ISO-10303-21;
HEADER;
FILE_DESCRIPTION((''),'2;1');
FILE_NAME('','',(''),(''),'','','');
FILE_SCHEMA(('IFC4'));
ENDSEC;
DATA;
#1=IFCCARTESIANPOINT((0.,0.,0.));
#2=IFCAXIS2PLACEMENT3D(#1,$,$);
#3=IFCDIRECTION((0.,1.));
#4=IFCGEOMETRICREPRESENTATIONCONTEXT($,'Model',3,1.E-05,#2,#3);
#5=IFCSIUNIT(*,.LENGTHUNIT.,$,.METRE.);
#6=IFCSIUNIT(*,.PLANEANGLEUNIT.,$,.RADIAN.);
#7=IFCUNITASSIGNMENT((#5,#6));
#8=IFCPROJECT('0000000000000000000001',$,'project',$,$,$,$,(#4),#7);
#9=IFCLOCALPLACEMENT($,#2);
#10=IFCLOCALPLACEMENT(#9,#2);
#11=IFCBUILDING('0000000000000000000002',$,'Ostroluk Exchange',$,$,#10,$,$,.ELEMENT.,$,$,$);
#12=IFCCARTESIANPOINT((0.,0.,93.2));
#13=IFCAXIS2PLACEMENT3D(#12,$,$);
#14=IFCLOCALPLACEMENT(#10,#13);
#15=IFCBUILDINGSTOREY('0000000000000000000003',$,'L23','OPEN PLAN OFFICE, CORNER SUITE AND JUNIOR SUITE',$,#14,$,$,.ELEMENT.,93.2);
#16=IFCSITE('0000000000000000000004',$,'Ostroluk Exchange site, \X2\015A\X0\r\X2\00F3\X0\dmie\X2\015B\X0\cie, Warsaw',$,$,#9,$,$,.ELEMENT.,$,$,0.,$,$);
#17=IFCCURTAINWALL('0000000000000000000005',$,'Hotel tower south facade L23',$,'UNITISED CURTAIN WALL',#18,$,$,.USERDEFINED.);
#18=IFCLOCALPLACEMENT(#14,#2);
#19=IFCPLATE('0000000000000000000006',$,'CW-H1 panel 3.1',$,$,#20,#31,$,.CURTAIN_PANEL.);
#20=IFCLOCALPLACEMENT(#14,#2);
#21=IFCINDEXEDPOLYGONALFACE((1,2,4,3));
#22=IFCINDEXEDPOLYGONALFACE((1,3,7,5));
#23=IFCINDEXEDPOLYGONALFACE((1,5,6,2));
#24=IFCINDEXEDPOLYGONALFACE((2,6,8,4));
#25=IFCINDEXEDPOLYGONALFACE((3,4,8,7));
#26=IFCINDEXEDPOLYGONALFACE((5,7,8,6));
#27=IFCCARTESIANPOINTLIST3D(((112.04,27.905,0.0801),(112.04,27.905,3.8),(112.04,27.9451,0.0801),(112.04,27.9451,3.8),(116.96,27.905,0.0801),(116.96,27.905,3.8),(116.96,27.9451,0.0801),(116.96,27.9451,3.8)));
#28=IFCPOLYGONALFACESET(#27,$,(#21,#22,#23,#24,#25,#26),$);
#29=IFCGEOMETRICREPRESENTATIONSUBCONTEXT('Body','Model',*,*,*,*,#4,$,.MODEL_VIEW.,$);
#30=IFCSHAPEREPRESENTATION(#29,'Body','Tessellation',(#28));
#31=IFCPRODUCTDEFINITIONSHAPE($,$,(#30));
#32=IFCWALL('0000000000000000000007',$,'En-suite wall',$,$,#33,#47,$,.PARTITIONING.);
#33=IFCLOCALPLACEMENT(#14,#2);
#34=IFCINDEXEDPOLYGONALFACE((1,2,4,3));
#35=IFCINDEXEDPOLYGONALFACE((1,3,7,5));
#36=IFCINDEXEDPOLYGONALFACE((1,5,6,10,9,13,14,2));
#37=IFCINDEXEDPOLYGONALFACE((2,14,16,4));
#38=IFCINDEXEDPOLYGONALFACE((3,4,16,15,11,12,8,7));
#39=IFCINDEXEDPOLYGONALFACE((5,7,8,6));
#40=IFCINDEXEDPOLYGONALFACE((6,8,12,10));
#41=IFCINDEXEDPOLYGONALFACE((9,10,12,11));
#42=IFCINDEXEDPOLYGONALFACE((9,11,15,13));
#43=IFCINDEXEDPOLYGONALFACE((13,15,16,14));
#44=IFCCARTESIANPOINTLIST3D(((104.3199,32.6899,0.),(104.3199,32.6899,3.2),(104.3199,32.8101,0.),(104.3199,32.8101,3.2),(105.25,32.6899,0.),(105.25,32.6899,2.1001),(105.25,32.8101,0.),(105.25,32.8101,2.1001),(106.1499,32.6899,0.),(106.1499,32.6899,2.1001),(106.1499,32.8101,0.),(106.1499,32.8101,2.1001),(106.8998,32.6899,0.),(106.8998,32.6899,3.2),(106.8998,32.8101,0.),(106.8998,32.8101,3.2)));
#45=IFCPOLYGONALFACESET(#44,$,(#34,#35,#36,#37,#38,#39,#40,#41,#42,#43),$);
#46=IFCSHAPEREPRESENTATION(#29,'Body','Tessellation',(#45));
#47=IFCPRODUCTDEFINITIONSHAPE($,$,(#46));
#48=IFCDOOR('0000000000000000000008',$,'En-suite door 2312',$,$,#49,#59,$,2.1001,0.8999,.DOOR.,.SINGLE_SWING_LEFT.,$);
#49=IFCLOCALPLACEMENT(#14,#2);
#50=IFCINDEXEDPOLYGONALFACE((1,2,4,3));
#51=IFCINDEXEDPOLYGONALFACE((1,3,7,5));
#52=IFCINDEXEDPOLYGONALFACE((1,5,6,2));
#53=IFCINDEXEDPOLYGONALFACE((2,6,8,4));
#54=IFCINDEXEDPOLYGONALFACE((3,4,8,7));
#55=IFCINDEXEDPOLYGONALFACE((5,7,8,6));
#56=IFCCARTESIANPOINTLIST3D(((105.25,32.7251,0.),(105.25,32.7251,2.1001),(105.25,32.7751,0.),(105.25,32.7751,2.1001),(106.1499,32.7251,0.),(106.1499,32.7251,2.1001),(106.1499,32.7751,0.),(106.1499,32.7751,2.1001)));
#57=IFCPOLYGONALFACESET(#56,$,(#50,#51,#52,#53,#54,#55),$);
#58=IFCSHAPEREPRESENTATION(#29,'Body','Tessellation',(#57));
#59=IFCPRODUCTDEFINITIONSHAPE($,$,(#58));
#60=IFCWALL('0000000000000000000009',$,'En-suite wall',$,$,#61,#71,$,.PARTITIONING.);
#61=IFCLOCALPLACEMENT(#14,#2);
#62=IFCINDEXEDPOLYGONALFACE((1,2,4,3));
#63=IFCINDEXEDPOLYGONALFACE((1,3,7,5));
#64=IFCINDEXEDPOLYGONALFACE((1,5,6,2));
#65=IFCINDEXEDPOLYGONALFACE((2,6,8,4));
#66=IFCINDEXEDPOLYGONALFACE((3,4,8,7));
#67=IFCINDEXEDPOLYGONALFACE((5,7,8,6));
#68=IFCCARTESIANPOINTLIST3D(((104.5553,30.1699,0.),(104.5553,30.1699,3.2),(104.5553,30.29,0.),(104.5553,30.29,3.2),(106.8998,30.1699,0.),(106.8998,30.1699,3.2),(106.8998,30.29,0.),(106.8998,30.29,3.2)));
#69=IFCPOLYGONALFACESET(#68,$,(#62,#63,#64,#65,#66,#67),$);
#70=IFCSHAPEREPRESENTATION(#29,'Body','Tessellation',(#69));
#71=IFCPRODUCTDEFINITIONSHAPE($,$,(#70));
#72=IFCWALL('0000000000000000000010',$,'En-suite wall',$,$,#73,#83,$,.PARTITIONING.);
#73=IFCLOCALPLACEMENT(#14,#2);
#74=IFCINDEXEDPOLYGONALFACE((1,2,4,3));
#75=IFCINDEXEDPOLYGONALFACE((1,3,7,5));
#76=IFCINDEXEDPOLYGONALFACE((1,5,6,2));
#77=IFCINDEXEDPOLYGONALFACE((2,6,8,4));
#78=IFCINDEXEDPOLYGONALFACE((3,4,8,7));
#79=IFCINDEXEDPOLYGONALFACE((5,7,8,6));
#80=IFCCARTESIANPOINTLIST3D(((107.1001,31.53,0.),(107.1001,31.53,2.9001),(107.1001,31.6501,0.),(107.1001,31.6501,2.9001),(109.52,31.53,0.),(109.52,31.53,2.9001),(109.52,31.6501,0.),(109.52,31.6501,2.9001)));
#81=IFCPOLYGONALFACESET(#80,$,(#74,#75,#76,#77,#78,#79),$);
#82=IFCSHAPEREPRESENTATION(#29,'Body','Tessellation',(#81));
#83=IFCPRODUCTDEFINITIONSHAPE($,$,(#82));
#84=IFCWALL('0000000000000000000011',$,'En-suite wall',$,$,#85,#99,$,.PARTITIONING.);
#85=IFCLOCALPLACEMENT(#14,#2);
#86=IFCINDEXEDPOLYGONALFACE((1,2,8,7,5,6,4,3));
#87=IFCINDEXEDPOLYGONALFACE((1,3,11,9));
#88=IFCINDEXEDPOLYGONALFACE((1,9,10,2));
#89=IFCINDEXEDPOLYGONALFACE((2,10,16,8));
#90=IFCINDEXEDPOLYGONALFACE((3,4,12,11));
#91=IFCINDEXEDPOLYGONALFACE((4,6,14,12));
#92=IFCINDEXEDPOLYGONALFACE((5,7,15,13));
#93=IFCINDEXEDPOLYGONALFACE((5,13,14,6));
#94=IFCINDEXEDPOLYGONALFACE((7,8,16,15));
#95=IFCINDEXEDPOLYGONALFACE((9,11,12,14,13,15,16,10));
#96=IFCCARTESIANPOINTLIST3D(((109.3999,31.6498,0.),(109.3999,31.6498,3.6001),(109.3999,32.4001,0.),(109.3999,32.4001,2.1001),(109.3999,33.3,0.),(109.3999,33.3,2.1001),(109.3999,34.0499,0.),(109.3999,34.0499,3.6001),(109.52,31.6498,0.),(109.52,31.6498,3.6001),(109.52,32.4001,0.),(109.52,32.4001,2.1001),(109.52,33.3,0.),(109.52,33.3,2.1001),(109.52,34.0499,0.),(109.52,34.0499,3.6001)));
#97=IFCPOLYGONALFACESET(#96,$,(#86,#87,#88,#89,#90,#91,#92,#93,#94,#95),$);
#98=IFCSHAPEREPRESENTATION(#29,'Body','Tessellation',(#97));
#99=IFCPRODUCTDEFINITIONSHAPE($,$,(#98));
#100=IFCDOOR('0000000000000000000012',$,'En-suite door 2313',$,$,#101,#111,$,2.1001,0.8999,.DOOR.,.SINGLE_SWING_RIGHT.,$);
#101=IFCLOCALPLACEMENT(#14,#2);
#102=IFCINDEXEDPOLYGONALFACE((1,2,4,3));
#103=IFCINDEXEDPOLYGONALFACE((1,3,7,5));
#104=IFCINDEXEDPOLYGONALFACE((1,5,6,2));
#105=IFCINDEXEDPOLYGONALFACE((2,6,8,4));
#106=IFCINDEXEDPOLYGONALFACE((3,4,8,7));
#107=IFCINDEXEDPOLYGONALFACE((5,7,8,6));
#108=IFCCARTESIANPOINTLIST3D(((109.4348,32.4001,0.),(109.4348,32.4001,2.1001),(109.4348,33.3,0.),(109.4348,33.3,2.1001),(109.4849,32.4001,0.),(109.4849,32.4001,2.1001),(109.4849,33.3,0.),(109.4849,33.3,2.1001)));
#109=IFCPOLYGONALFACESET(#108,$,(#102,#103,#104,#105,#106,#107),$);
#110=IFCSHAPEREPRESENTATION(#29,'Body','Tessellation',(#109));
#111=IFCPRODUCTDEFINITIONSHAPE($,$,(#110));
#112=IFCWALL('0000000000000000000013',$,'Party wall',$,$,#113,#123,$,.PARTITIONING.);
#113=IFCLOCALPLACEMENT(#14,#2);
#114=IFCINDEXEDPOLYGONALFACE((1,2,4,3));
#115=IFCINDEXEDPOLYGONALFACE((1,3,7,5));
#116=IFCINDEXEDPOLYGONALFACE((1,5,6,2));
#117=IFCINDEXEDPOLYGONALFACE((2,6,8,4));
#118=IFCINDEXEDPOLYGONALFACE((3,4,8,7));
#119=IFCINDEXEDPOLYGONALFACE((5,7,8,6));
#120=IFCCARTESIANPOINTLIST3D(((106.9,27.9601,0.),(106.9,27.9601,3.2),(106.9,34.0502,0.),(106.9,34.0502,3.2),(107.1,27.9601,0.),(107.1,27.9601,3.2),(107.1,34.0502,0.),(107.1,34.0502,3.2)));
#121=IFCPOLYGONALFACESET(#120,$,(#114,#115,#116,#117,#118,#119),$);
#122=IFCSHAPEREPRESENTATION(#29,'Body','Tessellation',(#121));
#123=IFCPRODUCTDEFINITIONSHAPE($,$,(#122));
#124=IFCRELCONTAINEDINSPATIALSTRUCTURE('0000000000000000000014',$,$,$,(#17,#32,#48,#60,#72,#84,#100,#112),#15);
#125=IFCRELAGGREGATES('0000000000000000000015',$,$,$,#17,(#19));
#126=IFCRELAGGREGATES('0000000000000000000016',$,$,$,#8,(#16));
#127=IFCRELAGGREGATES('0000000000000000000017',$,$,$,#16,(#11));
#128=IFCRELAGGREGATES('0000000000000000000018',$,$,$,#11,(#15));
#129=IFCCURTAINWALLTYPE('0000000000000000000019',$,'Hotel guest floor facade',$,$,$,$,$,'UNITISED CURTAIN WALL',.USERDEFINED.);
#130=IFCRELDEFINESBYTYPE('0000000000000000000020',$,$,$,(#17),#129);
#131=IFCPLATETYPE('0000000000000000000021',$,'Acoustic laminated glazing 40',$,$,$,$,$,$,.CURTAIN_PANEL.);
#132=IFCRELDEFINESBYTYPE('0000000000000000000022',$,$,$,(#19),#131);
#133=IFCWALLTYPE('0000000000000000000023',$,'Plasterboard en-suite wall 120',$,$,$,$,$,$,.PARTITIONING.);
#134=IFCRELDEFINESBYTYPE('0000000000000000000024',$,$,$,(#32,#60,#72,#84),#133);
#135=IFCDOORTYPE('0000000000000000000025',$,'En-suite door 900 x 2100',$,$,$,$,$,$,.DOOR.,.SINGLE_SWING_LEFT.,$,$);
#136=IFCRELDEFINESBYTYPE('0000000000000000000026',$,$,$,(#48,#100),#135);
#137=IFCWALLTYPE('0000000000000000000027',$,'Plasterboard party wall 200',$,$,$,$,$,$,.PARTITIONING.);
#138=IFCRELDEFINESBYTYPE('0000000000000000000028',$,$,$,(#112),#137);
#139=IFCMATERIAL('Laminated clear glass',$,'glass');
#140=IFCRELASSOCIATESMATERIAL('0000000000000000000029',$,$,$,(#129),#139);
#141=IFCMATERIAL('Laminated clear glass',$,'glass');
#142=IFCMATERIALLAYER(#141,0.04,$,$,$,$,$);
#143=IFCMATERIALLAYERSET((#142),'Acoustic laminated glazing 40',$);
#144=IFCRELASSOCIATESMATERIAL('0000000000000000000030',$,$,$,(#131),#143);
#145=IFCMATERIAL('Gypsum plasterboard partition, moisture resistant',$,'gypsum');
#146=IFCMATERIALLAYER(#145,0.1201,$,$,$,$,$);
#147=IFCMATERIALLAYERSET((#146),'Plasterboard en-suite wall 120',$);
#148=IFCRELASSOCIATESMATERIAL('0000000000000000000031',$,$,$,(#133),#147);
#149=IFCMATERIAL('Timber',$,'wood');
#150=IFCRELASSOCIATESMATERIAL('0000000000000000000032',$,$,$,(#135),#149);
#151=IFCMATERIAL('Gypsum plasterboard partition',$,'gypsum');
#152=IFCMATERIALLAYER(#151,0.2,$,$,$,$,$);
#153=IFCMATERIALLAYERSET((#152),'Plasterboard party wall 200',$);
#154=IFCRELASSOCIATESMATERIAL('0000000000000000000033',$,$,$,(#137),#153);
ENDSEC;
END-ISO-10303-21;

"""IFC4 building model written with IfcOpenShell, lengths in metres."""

from ifc_helpers import new_model, si_unit, direction, frame, frame_2d, origin, origin_2d, place, context, subcontext, project, spatial, rectangle, extrude, material, layer, layer_set, type_object, element, fill, aggregate, save


model = new_model("IFC4")

# Units and contexts
model_context = context("Model", 3, precision=1e-05, world=origin(), true_north=direction((0.0, 1.0)))
body_context = subcontext(model_context, "Body", "Model", "MODEL_VIEW")
ifc_project = project(units=[si_unit("LENGTHUNIT", "METRE"), si_unit("PLANEANGLEUNIT", "RADIAN")], contexts=[model_context])

# Site, building, storey
site_placement = place(None, origin())
site = spatial("IfcSite", under=ifc_project, at=site_placement, Name="Ostroluk Exchange site, Śródmieście, Warsaw", CompositionType="ELEMENT", RefElevation=0.0)
building_placement = place(site_placement, origin())
building = spatial("IfcBuilding", under=site, at=building_placement, Name="Ostroluk Exchange", CompositionType="ELEMENT")
storey_placement = place(building_placement, frame((0.0, 0.0, 93.2)))
storey = spatial("IfcBuildingStorey", under=building, at=storey_placement, Name="L23", Description="OPEN PLAN OFFICE, CORNER SUITE AND JUNIOR SUITE", CompositionType="ELEMENT", Elevation=93.2)

# Curtain wall, plate
ifc_material_1 = material(Name="Laminated clear glass", Category="glass")
curtain_wall_type = type_object("IfcCurtainWallType", Name="Hotel guest floor facade", ElementType="UNITISED CURTAIN WALL", PredefinedType="USERDEFINED", material=ifc_material_1)
curtain_wall_placement = place(storey_placement, origin())
curtain_wall = element("IfcCurtainWall", 1, at=curtain_wall_placement, inside=storey, type_object=curtain_wall_type, Name="Hotel tower south facade L23", ObjectType="UNITISED CURTAIN WALL", PredefinedType="USERDEFINED")
ifc_material_2 = material(Name="Laminated clear glass", Category="glass")
ifc_layer_1 = layer(ifc_material_2, 0.04)
ifc_layer_set_1 = layer_set([ifc_layer_1], Name="Acoustic laminated glazing 40")
plate_type = type_object("IfcPlateType", Name="Acoustic laminated glazing 40", PredefinedType="CURTAIN_PANEL", material=ifc_layer_set_1)
plate_1_placement = place(storey_placement, frame((114.5, 27.925, 0.0801), z_axis=(0.0, 0.0, 1.0), x_axis=(1.0, 0.0, 0.0)))
plate_1 = element("IfcPlate", 2, at=plate_1_placement, type_object=plate_type, Name="CW-H1 panel 3.1", PredefinedType="CURTAIN_PANEL", context=body_context, shape_type="SweptSolid", body=[
    extrude(rectangle(XDim=4.9199, YDim=0.04, at=origin_2d()), origin(), (0.0, 0.0, 1.0), 3.72),
])
aggregate(curtain_wall, [plate_1])

# Wall, opening, door
ifc_material_3 = material(Name="Gypsum plasterboard partition, moisture resistant", Category="gypsum")
ifc_layer_2 = layer(ifc_material_3, 0.1201)
ifc_layer_set_2 = layer_set([ifc_layer_2], Name="Plasterboard en-suite wall 120")
wall_type_1 = type_object("IfcWallType", Name="Plasterboard en-suite wall 120", PredefinedType="PARTITIONING", material=ifc_layer_set_2)
wall_1_placement = place(storey_placement, frame((106.8999, 32.75, 0.0), z_axis=(0.0, 0.0, 1.0), x_axis=(-1.0, 0.0, 0.0)))
wall_1 = element("IfcWall", 3, at=wall_1_placement, inside=storey, type_object=wall_type_1, Name="En-suite wall", PredefinedType="PARTITIONING", context=body_context, shape_type="SweptSolid", body=[
    extrude(rectangle(XDim=2.5798, YDim=0.1201, at=frame_2d((1.29, 0.0))), origin(), (0.0, 0.0, 1.0), 3.2),
])
opening_1_placement = place(wall_1_placement, frame((0.75, 0.0, 0.0)))
opening_1 = element("IfcOpeningElement", 4, at=opening_1_placement, cuts=wall_1, PredefinedType="OPENING", context=body_context, shape_type="SweptSolid", body=[
    extrude(rectangle(XDim=0.8999, YDim=2.1001, at=frame_2d((0.45, 1.05))), frame((0.0, 0.0701, 0.0), z_axis=(0.0, -1.0, 0.0), x_axis=(1.0, 0.0, 0.0)), (0.0, 0.0, 1.0), 0.1401),
])
ifc_material_4 = material(Name="Timber", Category="wood")
door_type = type_object("IfcDoorType", Name="En-suite door 900 x 2100", OperationType="SINGLE_SWING_LEFT", PredefinedType="DOOR", material=ifc_material_4)
door_1_placement = place(opening_1_placement, origin())
door_1 = element("IfcDoor", 5, at=door_1_placement, inside=storey, type_object=door_type, Name="En-suite door 2312", OperationType="SINGLE_SWING_LEFT", OverallHeight=2.1001, OverallWidth=0.8999, PredefinedType="DOOR", context=body_context, shape_type="SweptSolid", body=[
    extrude(rectangle(XDim=0.8999, YDim=2.1001, at=frame_2d((0.45, 1.05))), frame((0.0, 0.0249, 0.0), z_axis=(0.0, -1.0, 0.0), x_axis=(1.0, 0.0, 0.0)), (0.0, 0.0, 1.0), 0.05),
])
fill(opening_1, door_1)

# Walls
wall_2_placement = place(storey_placement, frame((106.8999, 30.23, 0.0), z_axis=(0.0, 0.0, 1.0), x_axis=(-1.0, 0.0, 0.0)))
element("IfcWall", 6, at=wall_2_placement, inside=storey, type_object=wall_type_1, Name="En-suite wall", PredefinedType="PARTITIONING", context=body_context, shape_type="SweptSolid", body=[
    extrude(rectangle(XDim=2.3445, YDim=0.1201, at=frame_2d((1.1724, 0.0))), origin(), (0.0, 0.0, 1.0), 3.2),
])
wall_3_placement = place(storey_placement, frame((107.1001, 31.5901, 0.0), z_axis=(0.0, 0.0, 1.0), x_axis=(1.0, 0.0, 0.0)))
element("IfcWall", 7, at=wall_3_placement, inside=storey, type_object=wall_type_1, Name="En-suite wall", PredefinedType="PARTITIONING", context=body_context, shape_type="SweptSolid", body=[
    extrude(rectangle(XDim=2.4199, YDim=0.1201, at=frame_2d((1.21, 0.0))), origin(), (0.0, 0.0, 1.0), 2.9001),
])

# Wall, opening, door
wall_4_placement = place(storey_placement, frame((109.46, 34.05, 0.0), z_axis=(0.0, 0.0, 1.0), x_axis=(0.0, -1.0, 0.0)))
wall_4 = element("IfcWall", 8, at=wall_4_placement, inside=storey, type_object=wall_type_1, Name="En-suite wall", PredefinedType="PARTITIONING", context=body_context, shape_type="SweptSolid", body=[
    extrude(rectangle(XDim=2.4001, YDim=0.1201, at=frame_2d((1.2002, 0.0))), origin(), (0.0, 0.0, 1.0), 3.6001),
])
opening_2_placement = place(wall_4_placement, frame((0.75, 0.0, 0.0)))
opening_2 = element("IfcOpeningElement", 9, at=opening_2_placement, cuts=wall_4, PredefinedType="OPENING", context=body_context, shape_type="SweptSolid", body=[
    extrude(rectangle(XDim=0.8999, YDim=2.1001, at=frame_2d((0.45, 1.05))), frame((0.0, 0.0701, 0.0), z_axis=(0.0, -1.0, 0.0), x_axis=(1.0, 0.0, 0.0)), (0.0, 0.0, 1.0), 0.1401),
])
door_2_placement = place(opening_2_placement, origin())
door_2 = element("IfcDoor", 10, at=door_2_placement, inside=storey, type_object=door_type, Name="En-suite door 2313", OperationType="SINGLE_SWING_RIGHT", OverallHeight=2.1001, OverallWidth=0.8999, PredefinedType="DOOR", context=body_context, shape_type="SweptSolid", body=[
    extrude(rectangle(XDim=0.8999, YDim=2.1001, at=frame_2d((0.45, 1.05))), frame((0.0, 0.0249, 0.0), z_axis=(0.0, -1.0, 0.0), x_axis=(1.0, 0.0, 0.0)), (0.0, 0.0, 1.0), 0.05),
])
fill(opening_2, door_2)

# Wall
ifc_material_5 = material(Name="Gypsum plasterboard partition", Category="gypsum")
ifc_layer_3 = layer(ifc_material_5, 0.2)
ifc_layer_set_3 = layer_set([ifc_layer_3], Name="Plasterboard party wall 200")
wall_type_2 = type_object("IfcWallType", Name="Plasterboard party wall 200", PredefinedType="PARTITIONING", material=ifc_layer_set_3)
wall_5_placement = place(storey_placement, frame((107.0, 34.05, 0.0), z_axis=(0.0, 0.0, 1.0), x_axis=(0.0, -1.0, 0.0)))
element("IfcWall", 11, at=wall_5_placement, inside=storey, type_object=wall_type_2, Name="Party wall", PredefinedType="PARTITIONING", context=body_context, shape_type="SweptSolid", body=[
    extrude(rectangle(XDim=6.0901, YDim=0.2, at=frame_2d((3.0449, 0.0))), origin(), (0.0, 0.0, 1.0), 3.2),
])

save(model, "model.ifc")
